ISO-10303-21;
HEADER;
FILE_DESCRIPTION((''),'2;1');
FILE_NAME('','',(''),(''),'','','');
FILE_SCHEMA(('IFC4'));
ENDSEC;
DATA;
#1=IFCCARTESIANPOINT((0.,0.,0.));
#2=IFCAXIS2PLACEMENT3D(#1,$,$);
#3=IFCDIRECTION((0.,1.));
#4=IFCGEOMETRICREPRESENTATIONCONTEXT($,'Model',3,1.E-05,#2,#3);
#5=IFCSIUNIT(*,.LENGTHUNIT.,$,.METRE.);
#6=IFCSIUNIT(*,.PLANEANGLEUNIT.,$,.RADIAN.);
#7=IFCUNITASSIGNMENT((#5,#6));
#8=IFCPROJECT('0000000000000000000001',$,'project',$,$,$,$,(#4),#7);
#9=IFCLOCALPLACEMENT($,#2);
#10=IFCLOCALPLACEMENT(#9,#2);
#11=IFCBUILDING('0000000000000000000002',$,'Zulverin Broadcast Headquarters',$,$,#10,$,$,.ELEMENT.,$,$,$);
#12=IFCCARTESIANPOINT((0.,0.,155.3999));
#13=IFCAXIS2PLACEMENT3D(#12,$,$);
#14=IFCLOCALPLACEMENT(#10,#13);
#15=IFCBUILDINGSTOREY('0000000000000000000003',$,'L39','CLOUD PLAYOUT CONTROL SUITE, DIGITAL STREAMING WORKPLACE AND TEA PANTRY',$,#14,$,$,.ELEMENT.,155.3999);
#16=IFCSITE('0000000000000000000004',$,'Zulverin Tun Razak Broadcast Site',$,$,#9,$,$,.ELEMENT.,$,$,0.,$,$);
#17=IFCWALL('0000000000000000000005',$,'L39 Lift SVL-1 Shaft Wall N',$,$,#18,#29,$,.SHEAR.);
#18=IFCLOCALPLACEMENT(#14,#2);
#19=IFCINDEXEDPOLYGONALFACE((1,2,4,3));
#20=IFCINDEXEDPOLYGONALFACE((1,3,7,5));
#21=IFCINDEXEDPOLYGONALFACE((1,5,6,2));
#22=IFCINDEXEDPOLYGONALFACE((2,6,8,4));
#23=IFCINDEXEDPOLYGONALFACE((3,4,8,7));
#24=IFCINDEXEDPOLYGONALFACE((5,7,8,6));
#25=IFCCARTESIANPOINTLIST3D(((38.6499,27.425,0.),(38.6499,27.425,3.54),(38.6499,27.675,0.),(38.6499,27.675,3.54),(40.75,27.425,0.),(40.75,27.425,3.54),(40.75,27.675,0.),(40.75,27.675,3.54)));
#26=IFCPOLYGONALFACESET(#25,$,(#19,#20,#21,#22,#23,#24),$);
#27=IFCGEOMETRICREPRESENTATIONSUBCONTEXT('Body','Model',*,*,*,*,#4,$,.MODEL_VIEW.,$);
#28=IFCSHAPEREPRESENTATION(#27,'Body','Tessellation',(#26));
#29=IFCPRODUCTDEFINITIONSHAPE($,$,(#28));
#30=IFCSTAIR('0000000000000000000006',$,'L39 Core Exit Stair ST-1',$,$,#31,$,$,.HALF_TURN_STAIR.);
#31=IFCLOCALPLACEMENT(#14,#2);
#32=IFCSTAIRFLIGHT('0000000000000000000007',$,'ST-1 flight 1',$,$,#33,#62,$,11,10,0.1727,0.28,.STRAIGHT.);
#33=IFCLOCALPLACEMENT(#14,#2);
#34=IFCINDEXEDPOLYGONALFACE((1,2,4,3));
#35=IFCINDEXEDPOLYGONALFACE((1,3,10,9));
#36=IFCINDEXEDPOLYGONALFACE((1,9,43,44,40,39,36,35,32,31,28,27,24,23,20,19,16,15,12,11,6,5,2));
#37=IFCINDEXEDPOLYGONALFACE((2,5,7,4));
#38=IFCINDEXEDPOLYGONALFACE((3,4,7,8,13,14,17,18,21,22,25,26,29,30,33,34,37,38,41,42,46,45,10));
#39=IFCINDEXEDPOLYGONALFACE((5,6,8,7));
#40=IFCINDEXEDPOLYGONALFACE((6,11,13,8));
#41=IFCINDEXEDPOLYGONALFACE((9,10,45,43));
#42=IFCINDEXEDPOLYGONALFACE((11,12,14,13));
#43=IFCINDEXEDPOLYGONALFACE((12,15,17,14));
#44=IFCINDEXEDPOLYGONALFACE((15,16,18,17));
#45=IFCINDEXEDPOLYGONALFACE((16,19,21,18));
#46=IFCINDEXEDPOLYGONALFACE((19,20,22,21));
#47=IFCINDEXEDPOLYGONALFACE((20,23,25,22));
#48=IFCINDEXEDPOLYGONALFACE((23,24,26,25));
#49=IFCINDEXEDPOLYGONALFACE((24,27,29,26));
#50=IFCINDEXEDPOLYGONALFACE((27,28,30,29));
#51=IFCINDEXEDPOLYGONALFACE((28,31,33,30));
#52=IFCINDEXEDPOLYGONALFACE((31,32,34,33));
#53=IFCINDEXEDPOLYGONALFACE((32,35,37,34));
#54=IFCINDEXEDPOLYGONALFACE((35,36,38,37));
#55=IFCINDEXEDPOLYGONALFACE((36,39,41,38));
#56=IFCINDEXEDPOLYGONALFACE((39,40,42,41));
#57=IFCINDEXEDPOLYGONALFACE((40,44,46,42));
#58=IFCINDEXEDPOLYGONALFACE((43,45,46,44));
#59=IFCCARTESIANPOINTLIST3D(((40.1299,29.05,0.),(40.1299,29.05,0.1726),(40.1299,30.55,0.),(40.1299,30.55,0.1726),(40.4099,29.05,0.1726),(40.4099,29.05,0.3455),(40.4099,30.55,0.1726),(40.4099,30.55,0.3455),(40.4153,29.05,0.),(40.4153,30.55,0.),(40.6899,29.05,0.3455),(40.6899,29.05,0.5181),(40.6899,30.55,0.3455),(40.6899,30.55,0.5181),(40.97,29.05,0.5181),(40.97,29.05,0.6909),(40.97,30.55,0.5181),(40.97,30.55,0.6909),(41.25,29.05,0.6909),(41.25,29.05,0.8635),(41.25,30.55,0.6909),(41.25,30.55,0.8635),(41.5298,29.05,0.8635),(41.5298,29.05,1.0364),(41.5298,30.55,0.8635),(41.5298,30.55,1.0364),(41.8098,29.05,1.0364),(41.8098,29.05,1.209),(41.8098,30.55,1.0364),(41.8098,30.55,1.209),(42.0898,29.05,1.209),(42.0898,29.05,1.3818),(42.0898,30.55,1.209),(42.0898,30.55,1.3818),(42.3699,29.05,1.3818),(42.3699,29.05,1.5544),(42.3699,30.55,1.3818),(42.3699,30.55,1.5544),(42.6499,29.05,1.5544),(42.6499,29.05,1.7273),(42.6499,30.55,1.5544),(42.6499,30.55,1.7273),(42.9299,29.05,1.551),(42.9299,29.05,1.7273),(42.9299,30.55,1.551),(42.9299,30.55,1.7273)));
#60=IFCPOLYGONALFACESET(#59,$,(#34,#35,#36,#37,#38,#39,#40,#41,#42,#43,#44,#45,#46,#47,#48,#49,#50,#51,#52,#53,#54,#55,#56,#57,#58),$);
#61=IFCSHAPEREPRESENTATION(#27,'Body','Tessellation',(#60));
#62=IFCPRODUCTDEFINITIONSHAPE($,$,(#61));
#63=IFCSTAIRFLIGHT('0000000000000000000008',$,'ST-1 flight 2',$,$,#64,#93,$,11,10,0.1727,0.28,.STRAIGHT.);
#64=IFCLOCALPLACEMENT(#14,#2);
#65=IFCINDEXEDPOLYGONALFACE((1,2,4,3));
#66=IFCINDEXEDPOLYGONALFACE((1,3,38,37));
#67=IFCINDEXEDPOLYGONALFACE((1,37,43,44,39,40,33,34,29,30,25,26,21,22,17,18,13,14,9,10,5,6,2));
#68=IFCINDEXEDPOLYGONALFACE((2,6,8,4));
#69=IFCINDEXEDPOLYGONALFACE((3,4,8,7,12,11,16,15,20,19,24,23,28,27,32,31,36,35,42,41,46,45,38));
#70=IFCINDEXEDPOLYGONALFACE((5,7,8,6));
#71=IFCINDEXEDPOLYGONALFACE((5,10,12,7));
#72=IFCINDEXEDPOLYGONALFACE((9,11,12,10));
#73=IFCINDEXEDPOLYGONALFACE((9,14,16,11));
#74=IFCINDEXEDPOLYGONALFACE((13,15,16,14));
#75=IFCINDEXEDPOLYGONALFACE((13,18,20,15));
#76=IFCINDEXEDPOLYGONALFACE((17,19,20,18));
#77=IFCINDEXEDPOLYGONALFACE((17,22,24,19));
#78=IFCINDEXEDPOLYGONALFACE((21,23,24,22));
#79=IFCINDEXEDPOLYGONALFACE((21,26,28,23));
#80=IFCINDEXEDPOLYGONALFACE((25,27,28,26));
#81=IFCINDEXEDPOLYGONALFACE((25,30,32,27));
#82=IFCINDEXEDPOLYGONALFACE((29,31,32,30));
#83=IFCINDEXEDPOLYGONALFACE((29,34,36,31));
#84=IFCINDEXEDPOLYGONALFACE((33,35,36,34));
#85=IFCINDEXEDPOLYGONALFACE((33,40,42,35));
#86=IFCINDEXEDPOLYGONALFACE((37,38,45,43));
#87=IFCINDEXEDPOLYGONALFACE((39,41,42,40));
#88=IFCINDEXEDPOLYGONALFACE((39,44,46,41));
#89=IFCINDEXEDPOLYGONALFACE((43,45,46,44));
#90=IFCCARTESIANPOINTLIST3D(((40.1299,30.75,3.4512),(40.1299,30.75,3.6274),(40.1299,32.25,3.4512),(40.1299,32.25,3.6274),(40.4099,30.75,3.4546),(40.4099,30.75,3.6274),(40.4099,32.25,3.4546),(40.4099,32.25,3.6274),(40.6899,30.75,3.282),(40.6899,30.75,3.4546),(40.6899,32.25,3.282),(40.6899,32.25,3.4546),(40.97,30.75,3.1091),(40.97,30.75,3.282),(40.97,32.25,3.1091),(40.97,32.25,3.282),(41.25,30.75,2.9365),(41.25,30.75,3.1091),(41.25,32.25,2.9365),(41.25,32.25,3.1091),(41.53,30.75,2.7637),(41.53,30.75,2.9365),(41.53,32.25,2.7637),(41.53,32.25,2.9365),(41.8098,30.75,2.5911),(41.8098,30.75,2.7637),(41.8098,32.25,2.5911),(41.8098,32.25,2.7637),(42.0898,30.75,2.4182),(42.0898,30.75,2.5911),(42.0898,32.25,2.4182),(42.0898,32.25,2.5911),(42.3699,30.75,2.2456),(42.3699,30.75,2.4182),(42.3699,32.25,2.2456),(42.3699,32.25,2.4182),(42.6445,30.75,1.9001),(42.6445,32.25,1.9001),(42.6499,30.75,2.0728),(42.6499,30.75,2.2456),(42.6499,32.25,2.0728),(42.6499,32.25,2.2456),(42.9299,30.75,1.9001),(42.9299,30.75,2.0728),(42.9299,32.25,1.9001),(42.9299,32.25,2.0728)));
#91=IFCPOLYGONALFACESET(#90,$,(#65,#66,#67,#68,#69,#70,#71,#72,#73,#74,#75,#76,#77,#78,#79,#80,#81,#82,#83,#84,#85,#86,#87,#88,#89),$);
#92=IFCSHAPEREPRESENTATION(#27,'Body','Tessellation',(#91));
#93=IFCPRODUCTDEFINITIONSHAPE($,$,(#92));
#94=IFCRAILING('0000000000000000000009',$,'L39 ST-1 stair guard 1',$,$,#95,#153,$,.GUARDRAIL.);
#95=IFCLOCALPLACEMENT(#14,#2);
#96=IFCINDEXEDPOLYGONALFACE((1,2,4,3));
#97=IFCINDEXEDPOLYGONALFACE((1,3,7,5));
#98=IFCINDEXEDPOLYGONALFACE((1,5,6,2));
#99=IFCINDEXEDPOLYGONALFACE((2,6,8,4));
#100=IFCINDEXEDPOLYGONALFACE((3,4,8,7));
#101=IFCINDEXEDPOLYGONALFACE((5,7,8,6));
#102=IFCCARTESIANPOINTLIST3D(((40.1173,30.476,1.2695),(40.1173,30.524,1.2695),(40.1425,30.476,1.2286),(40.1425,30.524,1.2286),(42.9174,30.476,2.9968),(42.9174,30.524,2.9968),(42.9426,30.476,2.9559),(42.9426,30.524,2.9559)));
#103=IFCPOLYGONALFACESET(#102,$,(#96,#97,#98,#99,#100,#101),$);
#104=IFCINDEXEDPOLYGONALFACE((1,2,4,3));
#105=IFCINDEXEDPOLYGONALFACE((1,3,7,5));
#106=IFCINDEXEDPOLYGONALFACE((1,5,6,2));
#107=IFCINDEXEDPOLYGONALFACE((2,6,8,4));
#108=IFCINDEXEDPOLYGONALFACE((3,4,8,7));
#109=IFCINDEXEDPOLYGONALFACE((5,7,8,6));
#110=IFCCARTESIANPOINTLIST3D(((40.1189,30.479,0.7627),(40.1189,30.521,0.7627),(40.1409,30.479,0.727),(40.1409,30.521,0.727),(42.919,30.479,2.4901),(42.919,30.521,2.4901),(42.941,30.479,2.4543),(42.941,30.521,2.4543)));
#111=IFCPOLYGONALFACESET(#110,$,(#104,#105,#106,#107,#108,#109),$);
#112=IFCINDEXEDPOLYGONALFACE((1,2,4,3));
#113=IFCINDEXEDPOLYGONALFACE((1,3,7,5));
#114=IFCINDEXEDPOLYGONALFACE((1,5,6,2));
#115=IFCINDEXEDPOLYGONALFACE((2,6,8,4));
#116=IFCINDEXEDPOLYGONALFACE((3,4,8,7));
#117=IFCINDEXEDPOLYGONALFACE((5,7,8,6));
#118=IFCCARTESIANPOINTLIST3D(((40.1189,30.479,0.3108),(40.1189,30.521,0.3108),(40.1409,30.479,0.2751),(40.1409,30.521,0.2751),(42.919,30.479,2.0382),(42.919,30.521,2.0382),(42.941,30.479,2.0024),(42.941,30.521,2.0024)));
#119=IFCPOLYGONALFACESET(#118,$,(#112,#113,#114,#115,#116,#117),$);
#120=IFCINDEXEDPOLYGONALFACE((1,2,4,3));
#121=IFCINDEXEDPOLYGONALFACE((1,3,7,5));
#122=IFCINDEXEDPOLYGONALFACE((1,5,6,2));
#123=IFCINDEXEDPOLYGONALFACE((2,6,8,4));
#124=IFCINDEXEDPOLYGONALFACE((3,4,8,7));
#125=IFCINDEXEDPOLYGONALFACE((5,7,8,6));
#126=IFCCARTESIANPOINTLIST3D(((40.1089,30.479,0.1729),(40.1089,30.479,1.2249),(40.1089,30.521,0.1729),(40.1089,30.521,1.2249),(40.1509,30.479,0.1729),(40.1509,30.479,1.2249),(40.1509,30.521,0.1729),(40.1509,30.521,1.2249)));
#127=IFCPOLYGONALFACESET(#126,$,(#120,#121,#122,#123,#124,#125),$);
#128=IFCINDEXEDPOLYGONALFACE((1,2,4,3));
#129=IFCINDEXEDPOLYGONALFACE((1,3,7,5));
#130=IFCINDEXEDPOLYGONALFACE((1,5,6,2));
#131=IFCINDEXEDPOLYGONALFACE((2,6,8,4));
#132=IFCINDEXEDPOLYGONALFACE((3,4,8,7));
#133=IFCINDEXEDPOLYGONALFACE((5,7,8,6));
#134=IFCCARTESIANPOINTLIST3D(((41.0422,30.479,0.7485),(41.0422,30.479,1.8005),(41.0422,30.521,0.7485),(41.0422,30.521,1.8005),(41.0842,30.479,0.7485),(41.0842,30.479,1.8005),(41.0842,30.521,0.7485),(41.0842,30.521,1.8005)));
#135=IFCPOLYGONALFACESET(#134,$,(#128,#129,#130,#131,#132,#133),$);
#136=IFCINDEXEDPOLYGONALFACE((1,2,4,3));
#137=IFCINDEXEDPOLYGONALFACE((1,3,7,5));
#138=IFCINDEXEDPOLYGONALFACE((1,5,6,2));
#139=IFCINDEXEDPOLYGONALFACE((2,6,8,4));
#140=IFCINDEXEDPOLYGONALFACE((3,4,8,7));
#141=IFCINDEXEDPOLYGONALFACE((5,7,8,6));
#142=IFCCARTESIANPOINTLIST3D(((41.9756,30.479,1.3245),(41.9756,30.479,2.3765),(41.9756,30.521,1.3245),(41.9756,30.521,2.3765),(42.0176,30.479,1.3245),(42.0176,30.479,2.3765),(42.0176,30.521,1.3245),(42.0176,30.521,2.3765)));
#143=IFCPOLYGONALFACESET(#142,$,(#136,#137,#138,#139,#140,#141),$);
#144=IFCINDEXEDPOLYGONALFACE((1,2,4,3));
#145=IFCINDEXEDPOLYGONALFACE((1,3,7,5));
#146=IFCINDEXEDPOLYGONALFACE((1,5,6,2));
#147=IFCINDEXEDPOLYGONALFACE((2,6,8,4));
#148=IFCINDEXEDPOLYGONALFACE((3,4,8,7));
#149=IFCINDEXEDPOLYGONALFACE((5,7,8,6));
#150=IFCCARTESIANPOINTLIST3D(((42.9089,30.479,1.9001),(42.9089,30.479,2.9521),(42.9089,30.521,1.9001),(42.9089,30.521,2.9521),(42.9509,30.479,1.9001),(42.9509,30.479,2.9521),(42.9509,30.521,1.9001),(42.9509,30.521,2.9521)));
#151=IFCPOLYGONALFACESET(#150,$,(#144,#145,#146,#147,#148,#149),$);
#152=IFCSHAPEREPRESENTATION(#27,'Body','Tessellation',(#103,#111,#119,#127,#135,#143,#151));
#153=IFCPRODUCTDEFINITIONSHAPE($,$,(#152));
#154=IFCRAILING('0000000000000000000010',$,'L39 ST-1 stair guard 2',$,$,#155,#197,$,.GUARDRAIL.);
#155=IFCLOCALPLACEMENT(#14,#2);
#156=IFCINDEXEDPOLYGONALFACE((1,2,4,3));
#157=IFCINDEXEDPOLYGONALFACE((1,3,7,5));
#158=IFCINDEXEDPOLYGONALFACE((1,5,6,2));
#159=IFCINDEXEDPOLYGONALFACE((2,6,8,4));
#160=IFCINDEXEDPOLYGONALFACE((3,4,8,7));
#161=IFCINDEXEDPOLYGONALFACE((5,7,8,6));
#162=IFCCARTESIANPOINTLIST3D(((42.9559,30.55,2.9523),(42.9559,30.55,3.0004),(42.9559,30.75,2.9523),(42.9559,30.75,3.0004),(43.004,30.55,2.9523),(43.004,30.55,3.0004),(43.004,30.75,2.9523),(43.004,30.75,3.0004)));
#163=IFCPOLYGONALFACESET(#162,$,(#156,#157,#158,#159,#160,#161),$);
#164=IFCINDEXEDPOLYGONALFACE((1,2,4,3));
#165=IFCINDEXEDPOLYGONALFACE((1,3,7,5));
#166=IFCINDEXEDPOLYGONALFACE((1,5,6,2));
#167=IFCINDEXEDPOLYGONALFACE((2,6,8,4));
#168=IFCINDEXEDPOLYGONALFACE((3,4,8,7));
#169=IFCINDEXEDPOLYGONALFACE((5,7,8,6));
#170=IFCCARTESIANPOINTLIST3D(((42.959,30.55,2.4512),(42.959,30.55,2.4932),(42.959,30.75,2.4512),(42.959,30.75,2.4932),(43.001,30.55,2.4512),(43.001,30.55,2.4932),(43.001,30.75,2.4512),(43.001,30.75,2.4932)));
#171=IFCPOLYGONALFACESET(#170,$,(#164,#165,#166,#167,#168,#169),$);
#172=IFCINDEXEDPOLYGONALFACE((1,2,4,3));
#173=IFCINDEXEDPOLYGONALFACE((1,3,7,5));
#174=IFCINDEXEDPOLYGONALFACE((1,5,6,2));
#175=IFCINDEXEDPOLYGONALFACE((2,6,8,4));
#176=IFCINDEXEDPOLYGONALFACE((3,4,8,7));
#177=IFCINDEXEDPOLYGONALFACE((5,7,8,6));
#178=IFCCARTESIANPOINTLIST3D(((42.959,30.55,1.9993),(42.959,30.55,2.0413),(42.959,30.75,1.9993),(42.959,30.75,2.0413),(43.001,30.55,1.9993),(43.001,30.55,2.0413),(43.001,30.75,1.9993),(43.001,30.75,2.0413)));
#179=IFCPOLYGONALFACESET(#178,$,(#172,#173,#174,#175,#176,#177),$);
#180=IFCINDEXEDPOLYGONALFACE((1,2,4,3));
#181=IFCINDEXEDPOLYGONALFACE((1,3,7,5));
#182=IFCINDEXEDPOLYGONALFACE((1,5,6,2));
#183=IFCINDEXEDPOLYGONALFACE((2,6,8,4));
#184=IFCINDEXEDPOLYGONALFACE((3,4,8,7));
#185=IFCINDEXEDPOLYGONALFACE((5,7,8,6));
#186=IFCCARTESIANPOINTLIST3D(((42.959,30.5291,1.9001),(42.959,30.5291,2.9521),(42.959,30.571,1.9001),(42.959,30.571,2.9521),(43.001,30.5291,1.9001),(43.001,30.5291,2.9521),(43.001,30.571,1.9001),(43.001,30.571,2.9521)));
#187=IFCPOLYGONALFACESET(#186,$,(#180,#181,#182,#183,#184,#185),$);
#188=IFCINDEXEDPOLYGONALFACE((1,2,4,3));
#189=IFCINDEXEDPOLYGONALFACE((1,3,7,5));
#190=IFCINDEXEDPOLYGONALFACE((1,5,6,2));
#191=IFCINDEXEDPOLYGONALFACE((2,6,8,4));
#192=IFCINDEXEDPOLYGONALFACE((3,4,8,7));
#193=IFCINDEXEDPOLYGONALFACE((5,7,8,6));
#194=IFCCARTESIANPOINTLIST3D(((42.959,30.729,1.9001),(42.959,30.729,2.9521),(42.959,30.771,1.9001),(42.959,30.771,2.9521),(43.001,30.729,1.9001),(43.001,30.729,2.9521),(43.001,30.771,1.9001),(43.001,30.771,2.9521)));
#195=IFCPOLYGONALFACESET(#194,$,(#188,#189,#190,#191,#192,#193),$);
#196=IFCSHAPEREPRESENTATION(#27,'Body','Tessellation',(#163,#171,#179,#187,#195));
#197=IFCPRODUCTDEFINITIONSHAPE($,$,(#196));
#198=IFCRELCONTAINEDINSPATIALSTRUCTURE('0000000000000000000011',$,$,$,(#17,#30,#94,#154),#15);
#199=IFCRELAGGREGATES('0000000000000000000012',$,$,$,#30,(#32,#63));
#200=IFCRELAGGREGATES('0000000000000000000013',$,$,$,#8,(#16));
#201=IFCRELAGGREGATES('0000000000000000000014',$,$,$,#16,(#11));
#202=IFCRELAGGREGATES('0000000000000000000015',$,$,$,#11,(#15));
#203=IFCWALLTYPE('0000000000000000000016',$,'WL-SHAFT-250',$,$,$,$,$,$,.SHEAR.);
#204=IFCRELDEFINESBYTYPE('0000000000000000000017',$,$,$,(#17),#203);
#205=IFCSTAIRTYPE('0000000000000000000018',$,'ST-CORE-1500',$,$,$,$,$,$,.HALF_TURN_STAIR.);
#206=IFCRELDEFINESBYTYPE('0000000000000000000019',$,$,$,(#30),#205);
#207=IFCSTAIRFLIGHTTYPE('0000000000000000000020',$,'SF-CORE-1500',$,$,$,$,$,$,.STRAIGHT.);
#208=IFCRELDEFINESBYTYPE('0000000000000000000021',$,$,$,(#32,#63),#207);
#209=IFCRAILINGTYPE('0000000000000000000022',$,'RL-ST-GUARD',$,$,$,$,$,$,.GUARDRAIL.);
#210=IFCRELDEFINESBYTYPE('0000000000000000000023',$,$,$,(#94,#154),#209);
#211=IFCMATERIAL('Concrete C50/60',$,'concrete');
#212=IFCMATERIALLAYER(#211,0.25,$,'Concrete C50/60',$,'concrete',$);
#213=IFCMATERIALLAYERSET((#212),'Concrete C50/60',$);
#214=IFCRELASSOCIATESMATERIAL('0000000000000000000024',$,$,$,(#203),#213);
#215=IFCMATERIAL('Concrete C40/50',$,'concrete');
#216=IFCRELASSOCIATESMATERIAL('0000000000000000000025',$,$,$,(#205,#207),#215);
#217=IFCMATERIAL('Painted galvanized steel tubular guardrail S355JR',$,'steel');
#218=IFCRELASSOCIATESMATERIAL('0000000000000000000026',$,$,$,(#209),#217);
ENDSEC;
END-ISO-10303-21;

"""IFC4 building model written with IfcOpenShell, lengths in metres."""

from ifc_helpers import new_model, si_unit, direction, frame, frame_2d, origin, origin_2d, place, context, subcontext, project, spatial, polyline, rectangle, outline, extrude, material, layer, layer_set, type_object, element, aggregate, save


model = new_model("IFC4")

# Units and contexts
model_context = context("Model", 3, precision=1e-05, world=origin(), true_north=direction((0.0, 1.0)))
body_context = subcontext(model_context, "Body", "Model", "MODEL_VIEW")
ifc_project = project(units=[si_unit("LENGTHUNIT", "METRE"), si_unit("PLANEANGLEUNIT", "RADIAN")], contexts=[model_context])

# Site, building, storey
site_placement = place(None, origin())
site = spatial("IfcSite", under=ifc_project, at=site_placement, Name="Zulverin Tun Razak Broadcast Site", CompositionType="ELEMENT", RefElevation=0.0)
building_placement = place(site_placement, origin())
building = spatial("IfcBuilding", under=site, at=building_placement, Name="Zulverin Broadcast Headquarters", CompositionType="ELEMENT")
storey_placement = place(building_placement, frame((0.0, 0.0, 155.3999)))
storey = spatial("IfcBuildingStorey", under=building, at=storey_placement, Name="L39", Description="CLOUD PLAYOUT CONTROL SUITE, DIGITAL STREAMING WORKPLACE AND TEA PANTRY", CompositionType="ELEMENT", Elevation=155.3999)

# Shared definitions
ifc_material_1 = material(Name="Concrete C50/60", Category="concrete")

# Shared definitions
ifc_layer_1 = layer(ifc_material_1, 0.25, Name="Concrete C50/60", Category="concrete")
ifc_layer_set_1 = layer_set([ifc_layer_1], Name="Concrete C50/60")
wall_type_1 = type_object("IfcWallType", Name="WL-SHAFT-250", PredefinedType="SHEAR", material=ifc_layer_set_1)

# Wall
wall_1_placement = place(storey_placement, frame((38.6499, 27.55, 0.0), z_axis=(0.0, 0.0, 1.0), x_axis=(1.0, 0.0, 0.0)))
element("IfcWall", 1, at=wall_1_placement, inside=storey, type_object=wall_type_1, Name="L39 Lift SVL-1 Shaft Wall N", PredefinedType="SHEAR", context=body_context, shape_type="SweptSolid", body=[
    extrude(rectangle(XDim=2.1001, YDim=0.25, at=frame_2d((1.05, 0.0))), origin(), (0.0, 0.0, 1.0), 3.54),
])

# Stair, stair flights
ifc_material_2 = material(Name="Concrete C40/50", Category="concrete")
stair_type = type_object("IfcStairType", Name="ST-CORE-1500", PredefinedType="HALF_TURN_STAIR", material=ifc_material_2)
stair_placement = place(storey_placement, origin())
stair = element("IfcStair", 2, at=stair_placement, inside=storey, type_object=stair_type, Name="L39 Core Exit Stair ST-1", PredefinedType="HALF_TURN_STAIR")
stair_flight_type = type_object("IfcStairFlightType", Name="SF-CORE-1500", PredefinedType="STRAIGHT", material=ifc_material_2)
stair_flight_1_placement = place(storey_placement, frame((40.1299, 29.8, 0.0), z_axis=(0.0, 0.0, 1.0), x_axis=(1.0, 0.0, 0.0)))
stair_flight_1 = element("IfcStairFlight", 3, at=stair_flight_1_placement, type_object=stair_flight_type, Name="ST-1 flight 1", NumberOfRisers=11, NumberOfTreads=10, PredefinedType="STRAIGHT", RiserHeight=0.1727, TreadLength=0.28, context=body_context, shape_type="SweptSolid", body=[
    extrude(outline(polyline([(0.0, 0.0), (0.0, 0.1726), (0.28, 0.1726), (0.28, 0.3455), (0.5601, 0.3455), (0.5601, 0.5181), (0.8401, 0.5181), (0.8401, 0.6909), (1.1201, 0.6909), (1.1201, 0.8635), (1.3999, 0.8635), (1.3999, 1.0364), (1.6799, 1.0364), (1.6799, 1.209), (1.96, 1.209), (1.96, 1.3818), (2.24, 1.3818), (2.24, 1.5544), (2.52, 1.5544), (2.52, 1.7273), (2.8, 1.7273), (2.8, 1.8999), (2.8, 1.551), (0.2854, 0.0), (0.0, 0.0)])), frame((0.0, 0.75, 0.0), z_axis=(0.0, -1.0, 0.0), x_axis=(1.0, 0.0, 0.0)), (0.0, 0.0, 1.0), 1.5),
])
stair_flight_2_placement = place(storey_placement, frame((42.9299, 31.5, 1.9001), z_axis=(0.0, 0.0, 1.0), x_axis=(-1.0, 0.0, 0.0)))
stair_flight_2 = element("IfcStairFlight", 4, at=stair_flight_2_placement, type_object=stair_flight_type, Name="ST-1 flight 2", NumberOfRisers=11, NumberOfTreads=10, PredefinedType="STRAIGHT", RiserHeight=0.1727, TreadLength=0.28, context=body_context, shape_type="SweptSolid", body=[
    extrude(outline(polyline([(0.0, 0.0), (0.0, 0.1726), (0.28, 0.1726), (0.28, 0.3455), (0.5601, 0.3455), (0.5601, 0.5181), (0.8401, 0.5181), (0.8401, 0.6909), (1.1201, 0.6909), (1.1201, 0.8635), (1.3999, 0.8635), (1.3999, 1.0364), (1.6799, 1.0364), (1.6799, 1.209), (1.96, 1.209), (1.96, 1.3818), (2.24, 1.3818), (2.24, 1.5544), (2.52, 1.5544), (2.52, 1.7273), (2.8, 1.7273), (2.8, 1.8999), (2.8, 1.551), (0.2854, 0.0), (0.0, 0.0)])), frame((0.0, 0.75, 0.0), z_axis=(0.0, -1.0, 0.0), x_axis=(1.0, 0.0, 0.0)), (0.0, 0.0, 1.0), 1.5),
])
aggregate(stair, [stair_flight_1, stair_flight_2])

# Railings
ifc_material_3 = material(Name="Painted galvanized steel tubular guardrail S355JR", Category="steel")
railing_type_1 = type_object("IfcRailingType", Name="RL-ST-GUARD", PredefinedType="GUARDRAIL", material=ifc_material_3)
railing_1_placement = place(storey_placement, frame((40.1299, 30.5, 0.1729)))
element("IfcRailing", 5, at=railing_1_placement, inside=storey, type_object=railing_type_1, Name="L39 ST-1 stair guard 1", PredefinedType="GUARDRAIL", context=body_context, shape_type="SweptSolid", body=[
    extrude(rectangle(XDim=0.0481, YDim=0.0481, at=origin_2d()), frame((0.0, 0.0, 1.0762), z_axis=(0.85109, 0.0, 0.52502), x_axis=(0.0, 1.0, 0.0)), (0.0, 0.0, 1.0), 3.29),
    extrude(rectangle(XDim=0.042, YDim=0.042, at=origin_2d()), frame((0.0, 0.0, 0.572), z_axis=(0.85109, 0.0, 0.52502), x_axis=(0.0, 1.0, 0.0)), (0.0, 0.0, 1.0), 3.29),
    extrude(rectangle(XDim=0.042, YDim=0.042, at=origin_2d()), frame((0.0, 0.0, 0.1201), z_axis=(0.85109, 0.0, 0.52502), x_axis=(0.0, 1.0, 0.0)), (0.0, 0.0, 1.0), 3.29),
    extrude(rectangle(XDim=0.042, YDim=0.042, at=origin_2d()), origin(), (0.0, 0.0, 1.0), 1.052),
    extrude(rectangle(XDim=0.042, YDim=0.042, at=origin_2d()), frame((0.9333, 0.0, 0.5757)), (0.0, 0.0, 1.0), 1.052),
    extrude(rectangle(XDim=0.042, YDim=0.042, at=origin_2d()), frame((1.8667, 0.0, 1.1516)), (0.0, 0.0, 1.0), 1.052),
    extrude(rectangle(XDim=0.042, YDim=0.042, at=origin_2d()), frame((2.8, 0.0, 1.7273)), (0.0, 0.0, 1.0), 1.052),
])
railing_2_placement = place(storey_placement, frame((42.98, 30.55, 1.9001)))
element("IfcRailing", 6, at=railing_2_placement, inside=storey, type_object=railing_type_1, Name="L39 ST-1 stair guard 2", PredefinedType="GUARDRAIL", context=body_context, shape_type="SweptSolid", body=[
    extrude(rectangle(XDim=0.0481, YDim=0.0481, at=origin_2d()), frame((0.0, 0.0, 1.0762), z_axis=(0.0, 1.0, 0.0), x_axis=(-1.0, 0.0, 0.0)), (0.0, 0.0, 1.0), 0.2),
    extrude(rectangle(XDim=0.042, YDim=0.042, at=origin_2d()), frame((0.0, 0.0, 0.572), z_axis=(0.0, 1.0, 0.0), x_axis=(-1.0, 0.0, 0.0)), (0.0, 0.0, 1.0), 0.2),
    extrude(rectangle(XDim=0.042, YDim=0.042, at=origin_2d()), frame((0.0, 0.0, 0.1201), z_axis=(0.0, 1.0, 0.0), x_axis=(-1.0, 0.0, 0.0)), (0.0, 0.0, 1.0), 0.2),
    extrude(rectangle(XDim=0.042, YDim=0.042, at=origin_2d()), origin(), (0.0, 0.0, 1.0), 1.052),
    extrude(rectangle(XDim=0.042, YDim=0.042, at=origin_2d()), frame((0.0, 0.2, 0.0)), (0.0, 0.0, 1.0), 1.052),
])

save(model, "model.ifc")
